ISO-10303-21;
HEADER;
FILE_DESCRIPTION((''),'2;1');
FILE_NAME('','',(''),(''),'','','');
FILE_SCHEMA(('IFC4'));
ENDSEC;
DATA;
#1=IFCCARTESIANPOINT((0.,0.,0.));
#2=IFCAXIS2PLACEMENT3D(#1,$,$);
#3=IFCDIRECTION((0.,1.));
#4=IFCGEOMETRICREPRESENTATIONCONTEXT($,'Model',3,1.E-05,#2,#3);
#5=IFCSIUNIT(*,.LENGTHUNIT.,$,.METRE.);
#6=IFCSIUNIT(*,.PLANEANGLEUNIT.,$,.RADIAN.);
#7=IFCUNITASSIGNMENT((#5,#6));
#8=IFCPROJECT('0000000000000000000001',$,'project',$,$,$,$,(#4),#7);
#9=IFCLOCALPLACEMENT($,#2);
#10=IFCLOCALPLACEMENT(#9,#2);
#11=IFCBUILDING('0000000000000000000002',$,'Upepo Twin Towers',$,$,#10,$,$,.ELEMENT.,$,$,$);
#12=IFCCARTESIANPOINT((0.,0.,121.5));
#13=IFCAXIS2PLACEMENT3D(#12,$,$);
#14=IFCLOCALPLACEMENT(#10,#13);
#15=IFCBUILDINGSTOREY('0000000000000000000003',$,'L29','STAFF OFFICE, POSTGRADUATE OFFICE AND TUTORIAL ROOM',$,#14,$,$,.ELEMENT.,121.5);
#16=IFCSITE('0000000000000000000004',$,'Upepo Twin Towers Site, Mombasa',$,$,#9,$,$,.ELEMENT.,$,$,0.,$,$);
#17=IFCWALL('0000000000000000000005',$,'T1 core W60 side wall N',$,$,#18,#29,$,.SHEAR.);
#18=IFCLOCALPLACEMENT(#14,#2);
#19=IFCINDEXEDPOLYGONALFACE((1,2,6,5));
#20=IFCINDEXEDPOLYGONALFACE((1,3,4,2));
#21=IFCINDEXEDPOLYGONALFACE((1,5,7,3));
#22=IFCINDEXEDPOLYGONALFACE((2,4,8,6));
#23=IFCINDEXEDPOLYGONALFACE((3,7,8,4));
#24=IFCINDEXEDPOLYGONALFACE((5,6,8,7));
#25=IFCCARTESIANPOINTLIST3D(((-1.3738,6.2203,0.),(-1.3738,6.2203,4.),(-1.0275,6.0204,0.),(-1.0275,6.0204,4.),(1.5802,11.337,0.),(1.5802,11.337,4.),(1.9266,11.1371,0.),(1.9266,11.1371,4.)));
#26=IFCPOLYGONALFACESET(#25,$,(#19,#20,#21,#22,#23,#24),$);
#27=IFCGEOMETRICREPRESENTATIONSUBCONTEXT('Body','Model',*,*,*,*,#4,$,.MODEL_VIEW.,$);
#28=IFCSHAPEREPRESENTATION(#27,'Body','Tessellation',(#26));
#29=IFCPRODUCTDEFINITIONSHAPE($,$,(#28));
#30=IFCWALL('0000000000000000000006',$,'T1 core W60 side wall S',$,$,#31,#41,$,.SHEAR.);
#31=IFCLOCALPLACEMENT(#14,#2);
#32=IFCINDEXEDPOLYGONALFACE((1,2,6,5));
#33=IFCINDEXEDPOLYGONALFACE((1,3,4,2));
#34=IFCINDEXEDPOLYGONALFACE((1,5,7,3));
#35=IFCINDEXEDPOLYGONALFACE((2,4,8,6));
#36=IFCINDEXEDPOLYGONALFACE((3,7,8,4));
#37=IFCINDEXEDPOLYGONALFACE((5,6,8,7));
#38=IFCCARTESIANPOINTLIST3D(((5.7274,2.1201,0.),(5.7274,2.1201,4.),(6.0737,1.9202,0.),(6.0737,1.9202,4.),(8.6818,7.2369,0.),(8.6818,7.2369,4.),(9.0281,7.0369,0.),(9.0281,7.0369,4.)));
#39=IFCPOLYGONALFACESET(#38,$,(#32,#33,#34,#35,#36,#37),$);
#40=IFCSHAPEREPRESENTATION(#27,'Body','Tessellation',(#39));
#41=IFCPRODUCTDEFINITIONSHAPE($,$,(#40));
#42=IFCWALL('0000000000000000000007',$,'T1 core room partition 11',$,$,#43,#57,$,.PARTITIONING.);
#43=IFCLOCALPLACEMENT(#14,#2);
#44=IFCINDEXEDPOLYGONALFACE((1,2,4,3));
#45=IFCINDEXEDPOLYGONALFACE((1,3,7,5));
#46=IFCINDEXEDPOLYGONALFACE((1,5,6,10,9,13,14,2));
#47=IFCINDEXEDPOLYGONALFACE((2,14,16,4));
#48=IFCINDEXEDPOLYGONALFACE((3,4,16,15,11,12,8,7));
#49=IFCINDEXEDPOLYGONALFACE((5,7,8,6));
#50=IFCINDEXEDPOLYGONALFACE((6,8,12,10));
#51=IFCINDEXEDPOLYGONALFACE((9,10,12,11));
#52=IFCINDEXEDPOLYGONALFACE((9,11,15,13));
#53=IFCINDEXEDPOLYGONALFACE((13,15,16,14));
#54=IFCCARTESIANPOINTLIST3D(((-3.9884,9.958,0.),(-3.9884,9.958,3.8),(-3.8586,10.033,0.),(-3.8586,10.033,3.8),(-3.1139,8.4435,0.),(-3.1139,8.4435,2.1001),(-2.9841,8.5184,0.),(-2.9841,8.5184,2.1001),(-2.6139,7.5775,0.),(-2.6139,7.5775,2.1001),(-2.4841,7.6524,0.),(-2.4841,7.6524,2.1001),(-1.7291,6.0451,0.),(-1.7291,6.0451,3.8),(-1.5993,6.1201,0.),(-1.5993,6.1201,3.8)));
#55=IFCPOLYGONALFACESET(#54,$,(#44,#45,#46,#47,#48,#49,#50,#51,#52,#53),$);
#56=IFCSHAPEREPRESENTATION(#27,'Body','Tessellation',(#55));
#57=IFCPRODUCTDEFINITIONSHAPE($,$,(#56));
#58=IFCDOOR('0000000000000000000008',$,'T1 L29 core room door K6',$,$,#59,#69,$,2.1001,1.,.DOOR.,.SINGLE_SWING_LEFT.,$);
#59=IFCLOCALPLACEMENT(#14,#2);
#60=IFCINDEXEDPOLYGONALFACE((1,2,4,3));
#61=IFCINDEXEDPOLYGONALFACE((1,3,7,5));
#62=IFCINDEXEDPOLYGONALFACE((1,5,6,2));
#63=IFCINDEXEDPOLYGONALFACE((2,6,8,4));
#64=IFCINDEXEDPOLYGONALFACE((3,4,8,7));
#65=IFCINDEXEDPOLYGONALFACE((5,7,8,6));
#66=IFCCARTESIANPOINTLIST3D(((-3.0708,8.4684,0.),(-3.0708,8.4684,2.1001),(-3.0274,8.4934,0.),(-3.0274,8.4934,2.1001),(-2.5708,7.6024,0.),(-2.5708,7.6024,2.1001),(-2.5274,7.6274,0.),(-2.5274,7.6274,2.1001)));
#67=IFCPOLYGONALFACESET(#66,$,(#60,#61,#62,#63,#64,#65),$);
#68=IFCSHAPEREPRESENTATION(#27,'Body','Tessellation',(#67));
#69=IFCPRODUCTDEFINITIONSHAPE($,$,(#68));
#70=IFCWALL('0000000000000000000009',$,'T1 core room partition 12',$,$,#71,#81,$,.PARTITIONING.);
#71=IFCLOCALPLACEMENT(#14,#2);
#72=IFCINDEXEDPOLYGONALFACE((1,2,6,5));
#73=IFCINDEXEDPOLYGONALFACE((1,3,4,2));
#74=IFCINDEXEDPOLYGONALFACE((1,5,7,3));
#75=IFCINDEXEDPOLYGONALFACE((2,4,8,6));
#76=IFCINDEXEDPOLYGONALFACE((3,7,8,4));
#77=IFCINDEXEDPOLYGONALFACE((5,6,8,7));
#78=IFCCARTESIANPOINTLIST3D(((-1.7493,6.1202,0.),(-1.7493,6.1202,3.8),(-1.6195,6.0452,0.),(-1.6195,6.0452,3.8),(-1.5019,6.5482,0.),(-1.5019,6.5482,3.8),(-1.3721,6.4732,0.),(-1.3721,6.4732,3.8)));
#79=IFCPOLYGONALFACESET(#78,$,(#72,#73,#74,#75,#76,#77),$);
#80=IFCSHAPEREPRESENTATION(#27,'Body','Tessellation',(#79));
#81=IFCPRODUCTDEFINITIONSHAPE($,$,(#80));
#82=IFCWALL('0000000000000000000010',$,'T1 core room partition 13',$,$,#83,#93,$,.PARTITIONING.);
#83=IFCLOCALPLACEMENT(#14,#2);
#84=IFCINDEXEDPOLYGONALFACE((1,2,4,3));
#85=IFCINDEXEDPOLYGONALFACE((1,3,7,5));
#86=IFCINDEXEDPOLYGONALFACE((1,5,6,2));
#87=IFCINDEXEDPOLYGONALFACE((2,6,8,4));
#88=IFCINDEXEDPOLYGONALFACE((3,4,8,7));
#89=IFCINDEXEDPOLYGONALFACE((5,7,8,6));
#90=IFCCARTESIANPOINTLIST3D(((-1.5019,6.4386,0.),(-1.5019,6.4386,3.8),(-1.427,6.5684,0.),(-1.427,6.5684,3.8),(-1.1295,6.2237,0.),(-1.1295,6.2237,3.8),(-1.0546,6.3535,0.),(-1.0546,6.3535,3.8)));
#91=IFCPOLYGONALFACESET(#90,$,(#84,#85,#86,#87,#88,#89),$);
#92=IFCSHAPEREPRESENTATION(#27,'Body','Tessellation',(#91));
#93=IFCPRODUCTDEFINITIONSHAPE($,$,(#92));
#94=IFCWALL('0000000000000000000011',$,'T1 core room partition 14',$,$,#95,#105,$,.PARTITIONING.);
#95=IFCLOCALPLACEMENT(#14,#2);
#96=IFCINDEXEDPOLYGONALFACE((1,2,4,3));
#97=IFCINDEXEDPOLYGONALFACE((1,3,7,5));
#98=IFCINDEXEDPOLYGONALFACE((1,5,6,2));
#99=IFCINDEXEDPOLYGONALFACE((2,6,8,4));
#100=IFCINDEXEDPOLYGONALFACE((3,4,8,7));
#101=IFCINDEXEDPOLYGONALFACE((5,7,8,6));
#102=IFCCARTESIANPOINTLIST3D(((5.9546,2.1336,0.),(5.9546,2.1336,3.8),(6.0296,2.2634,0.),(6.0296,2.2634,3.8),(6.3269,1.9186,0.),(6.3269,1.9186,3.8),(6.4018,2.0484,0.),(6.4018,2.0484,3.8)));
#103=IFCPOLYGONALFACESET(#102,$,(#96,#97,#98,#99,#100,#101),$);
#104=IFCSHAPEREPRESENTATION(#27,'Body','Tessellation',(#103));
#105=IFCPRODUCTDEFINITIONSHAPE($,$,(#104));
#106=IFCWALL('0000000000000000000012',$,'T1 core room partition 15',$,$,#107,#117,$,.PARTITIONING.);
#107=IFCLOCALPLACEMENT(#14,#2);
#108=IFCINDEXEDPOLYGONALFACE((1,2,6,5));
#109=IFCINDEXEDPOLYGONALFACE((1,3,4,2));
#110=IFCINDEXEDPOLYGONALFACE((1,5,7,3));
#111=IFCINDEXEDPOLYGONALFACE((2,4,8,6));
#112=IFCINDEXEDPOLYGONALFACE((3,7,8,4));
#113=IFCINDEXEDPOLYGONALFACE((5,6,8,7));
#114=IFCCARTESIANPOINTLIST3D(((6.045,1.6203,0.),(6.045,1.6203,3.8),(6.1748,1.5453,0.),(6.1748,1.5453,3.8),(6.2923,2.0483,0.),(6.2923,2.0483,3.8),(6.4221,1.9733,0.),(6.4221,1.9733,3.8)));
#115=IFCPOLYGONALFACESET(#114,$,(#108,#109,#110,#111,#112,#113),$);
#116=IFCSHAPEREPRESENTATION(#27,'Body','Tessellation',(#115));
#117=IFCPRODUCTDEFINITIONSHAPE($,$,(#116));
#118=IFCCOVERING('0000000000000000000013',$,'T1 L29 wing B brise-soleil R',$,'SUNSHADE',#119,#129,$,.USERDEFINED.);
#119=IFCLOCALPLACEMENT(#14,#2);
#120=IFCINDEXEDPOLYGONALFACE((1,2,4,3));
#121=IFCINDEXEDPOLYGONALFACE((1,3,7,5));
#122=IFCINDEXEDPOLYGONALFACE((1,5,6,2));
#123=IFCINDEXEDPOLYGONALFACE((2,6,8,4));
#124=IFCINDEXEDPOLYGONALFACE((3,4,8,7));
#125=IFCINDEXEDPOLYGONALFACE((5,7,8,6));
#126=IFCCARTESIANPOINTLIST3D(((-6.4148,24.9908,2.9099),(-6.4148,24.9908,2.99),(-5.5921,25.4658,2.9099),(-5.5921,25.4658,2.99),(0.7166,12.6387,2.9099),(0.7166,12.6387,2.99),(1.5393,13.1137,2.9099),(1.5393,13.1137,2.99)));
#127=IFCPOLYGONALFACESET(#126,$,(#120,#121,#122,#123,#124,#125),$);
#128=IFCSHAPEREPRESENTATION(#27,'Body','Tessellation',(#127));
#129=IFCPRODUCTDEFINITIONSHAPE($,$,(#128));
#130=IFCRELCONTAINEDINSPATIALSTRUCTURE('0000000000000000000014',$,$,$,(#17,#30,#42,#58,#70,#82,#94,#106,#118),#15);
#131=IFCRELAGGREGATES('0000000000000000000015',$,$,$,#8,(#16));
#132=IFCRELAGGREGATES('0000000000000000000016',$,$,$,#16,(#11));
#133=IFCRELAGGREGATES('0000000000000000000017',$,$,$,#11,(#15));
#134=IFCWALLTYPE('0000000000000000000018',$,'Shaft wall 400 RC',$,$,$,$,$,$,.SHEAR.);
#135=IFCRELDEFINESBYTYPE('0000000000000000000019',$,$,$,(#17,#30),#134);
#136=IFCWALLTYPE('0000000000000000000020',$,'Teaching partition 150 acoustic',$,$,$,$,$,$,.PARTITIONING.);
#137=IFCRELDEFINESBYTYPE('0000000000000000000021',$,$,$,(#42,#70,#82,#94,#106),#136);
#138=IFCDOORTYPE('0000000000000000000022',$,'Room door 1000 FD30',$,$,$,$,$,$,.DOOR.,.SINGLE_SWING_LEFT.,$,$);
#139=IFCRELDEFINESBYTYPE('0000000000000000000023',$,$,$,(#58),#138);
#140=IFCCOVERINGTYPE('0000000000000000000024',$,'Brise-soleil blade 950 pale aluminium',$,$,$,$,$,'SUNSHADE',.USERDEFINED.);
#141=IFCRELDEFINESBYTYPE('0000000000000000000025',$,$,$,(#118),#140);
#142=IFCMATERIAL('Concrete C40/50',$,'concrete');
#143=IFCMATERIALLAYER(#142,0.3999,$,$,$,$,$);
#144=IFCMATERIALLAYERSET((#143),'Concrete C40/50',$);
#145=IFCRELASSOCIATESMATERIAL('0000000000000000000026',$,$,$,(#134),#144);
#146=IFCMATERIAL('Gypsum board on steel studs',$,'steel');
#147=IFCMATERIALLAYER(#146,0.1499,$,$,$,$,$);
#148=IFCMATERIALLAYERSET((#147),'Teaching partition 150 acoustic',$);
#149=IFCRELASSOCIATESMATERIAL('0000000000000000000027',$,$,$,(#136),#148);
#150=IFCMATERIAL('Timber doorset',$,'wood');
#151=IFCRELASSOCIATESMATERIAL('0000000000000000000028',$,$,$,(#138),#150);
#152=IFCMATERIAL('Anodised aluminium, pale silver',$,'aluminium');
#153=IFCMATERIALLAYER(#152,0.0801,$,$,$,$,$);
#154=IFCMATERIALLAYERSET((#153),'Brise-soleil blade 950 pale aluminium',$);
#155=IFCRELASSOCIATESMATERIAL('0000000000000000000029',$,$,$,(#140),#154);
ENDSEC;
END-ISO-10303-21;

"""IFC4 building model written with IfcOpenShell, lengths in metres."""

from ifc_helpers import new_model, si_unit, direction, frame, frame_2d, origin, origin_2d, place, context, subcontext, project, spatial, rectangle, extrude, material, layer, layer_set, type_object, element, fill, save


model = new_model("IFC4")

# Units and contexts
model_context = context("Model", 3, precision=1e-05, world=origin(), true_north=direction((0.0, 1.0)))
body_context = subcontext(model_context, "Body", "Model", "MODEL_VIEW")
ifc_project = project(units=[si_unit("LENGTHUNIT", "METRE"), si_unit("PLANEANGLEUNIT", "RADIAN")], contexts=[model_context])

# Site, building, storey
site_placement = place(None, origin())
site = spatial("IfcSite", under=ifc_project, at=site_placement, Name="Upepo Twin Towers Site, Mombasa", CompositionType="ELEMENT", RefElevation=0.0)
building_placement = place(site_placement, origin())
building = spatial("IfcBuilding", under=site, at=building_placement, Name="Upepo Twin Towers", CompositionType="ELEMENT")
storey_placement = place(building_placement, frame((0.0, 0.0, 121.5)))
storey = spatial("IfcBuildingStorey", under=building, at=storey_placement, Name="L29", Description="STAFF OFFICE, POSTGRADUATE OFFICE AND TUTORIAL ROOM", CompositionType="ELEMENT", Elevation=121.5)

# Walls
ifc_material_1 = material(Name="Concrete C40/50", Category="concrete")
ifc_layer_1 = layer(ifc_material_1, 0.3999)
ifc_layer_set_1 = layer_set([ifc_layer_1], Name="Concrete C40/50")
wall_type_1 = type_object("IfcWallType", Name="Shaft wall 400 RC", PredefinedType="SHEAR", material=ifc_layer_set_1)
wall_1_placement = place(storey_placement, frame((-1.2007, 6.1204, 0.0), z_axis=(0.0, 0.0, 1.0), x_axis=(0.499997, 0.866027, 0.0)))
element("IfcWall", 1, at=wall_1_placement, inside=storey, type_object=wall_type_1, Name="T1 core W60 side wall N", PredefinedType="SHEAR", context=body_context, shape_type="SweptSolid", body=[
    extrude(rectangle(XDim=5.9082, YDim=0.3999, at=frame_2d((2.9541, 0.0))), origin(), (0.0, 0.0, 1.0), 4.0),
])
wall_2_placement = place(storey_placement, frame((5.9006, 2.0203, 0.0), z_axis=(0.0, 0.0, 1.0), x_axis=(0.500028, 0.866009, 0.0)))
element("IfcWall", 2, at=wall_2_placement, inside=storey, type_object=wall_type_1, Name="T1 core W60 side wall S", PredefinedType="SHEAR", context=body_context, shape_type="SweptSolid", body=[
    extrude(rectangle(XDim=5.9084, YDim=0.3999, at=frame_2d((2.9541, 0.0))), origin(), (0.0, 0.0, 1.0), 4.0),
])

# Wall, opening, door
ifc_material_2 = material(Name="Gypsum board on steel studs", Category="steel")
ifc_layer_2 = layer(ifc_material_2, 0.1499)
ifc_layer_set_2 = layer_set([ifc_layer_2], Name="Teaching partition 150 acoustic")
wall_type_2 = type_object("IfcWallType", Name="Teaching partition 150 acoustic", PredefinedType="PARTITIONING", material=ifc_layer_set_2)
wall_3_placement = place(storey_placement, frame((-3.9236, 9.9956, 0.0), z_axis=(0.0, 0.0, 1.0), x_axis=(0.500033, -0.866007, 0.0)))
wall_3 = element("IfcWall", 3, at=wall_3_placement, inside=storey, type_object=wall_type_2, Name="T1 core room partition 11", PredefinedType="PARTITIONING", context=body_context, shape_type="SweptSolid", body=[
    extrude(rectangle(XDim=4.5183, YDim=0.1499, at=frame_2d((2.2593, 0.0))), origin(), (0.0, 0.0, 1.0), 3.8),
])
opening_1_placement = place(wall_3_placement, frame((1.749, 0.0, 0.0)))
opening_1 = element("IfcOpeningElement", 4, at=opening_1_placement, cuts=wall_3, PredefinedType="OPENING", context=body_context, shape_type="SweptSolid", body=[
    extrude(rectangle(XDim=1.0, YDim=2.1001, at=frame_2d((0.5, 1.05))), frame((0.0, 0.085, 0.0), z_axis=(0.0, -1.0, 0.0), x_axis=(1.0, 0.0, 0.0)), (0.0, 0.0, 1.0), 0.1699),
])
ifc_material_3 = material(Name="Timber doorset", Category="wood")
door_type_1 = type_object("IfcDoorType", Name="Room door 1000 FD30", OperationType="SINGLE_SWING_LEFT", PredefinedType="DOOR", material=ifc_material_3)
door_1_placement = place(opening_1_placement, origin())
door_1 = element("IfcDoor", 5, at=door_1_placement, inside=storey, type_object=door_type_1, Name="T1 L29 core room door K6", OperationType="SINGLE_SWING_LEFT", OverallHeight=2.1001, OverallWidth=1.0, PredefinedType="DOOR", context=body_context, shape_type="SweptSolid", body=[
    extrude(rectangle(XDim=1.0, YDim=2.1001, at=frame_2d((0.5, 1.05))), frame((0.0, 0.0249, 0.0), z_axis=(0.0, -1.0, 0.0), x_axis=(1.0, 0.0, 0.0)), (0.0, 0.0, 1.0), 0.05),
])
fill(opening_1, door_1)

# Walls
wall_4_placement = place(storey_placement, frame((-1.6843, 6.0828, 0.0), z_axis=(0.0, 0.0, 1.0), x_axis=(0.500335, 0.865832, 0.0)))
element("IfcWall", 6, at=wall_4_placement, inside=storey, type_object=wall_type_2, Name="T1 core room partition 12", PredefinedType="PARTITIONING", context=body_context, shape_type="SweptSolid", body=[
    extrude(rectangle(XDim=0.4944, YDim=0.1499, at=frame_2d((0.2471, 0.0))), origin(), (0.0, 0.0, 1.0), 3.8),
])
for number, where, z_axis, x_axis, name in (
    (7, (-1.4644, 6.5034, 0.0), (0.0, 0.0, 1.0), (0.866138, -0.499804, 0.0), "T1 core room partition 13"),
    (8, (5.9922, 2.1985, 0.0), (0.0, 0.0, 1.0), (0.865892, -0.50023, 0.0), "T1 core room partition 14"),
):
    element("IfcWall", number, at=place(storey_placement, frame(where, z_axis=z_axis, x_axis=x_axis)), inside=storey, type_object=wall_type_2, Name=name, PredefinedType="PARTITIONING", context=body_context, shape_type="SweptSolid", body=[
        extrude(rectangle(XDim=0.4299, YDim=0.1499, at=frame_2d((0.2148, 0.0))), origin(), (0.0, 0.0, 1.0), 3.8),
    ])
wall_5_placement = place(storey_placement, frame((6.3572, 2.0107, 0.0), z_axis=(0.0, 0.0, 1.0), x_axis=(-0.500335, -0.865832, 0.0)))
element("IfcWall", 9, at=wall_5_placement, inside=storey, type_object=wall_type_2, Name="T1 core room partition 15", PredefinedType="PARTITIONING", context=body_context, shape_type="SweptSolid", body=[
    extrude(rectangle(XDim=0.4944, YDim=0.1499, at=frame_2d((0.2471, 0.0))), origin(), (0.0, 0.0, 1.0), 3.8),
])

# Covering
ifc_material_4 = material(Name="Anodised aluminium, pale silver", Category="aluminium")
ifc_layer_3 = layer(ifc_material_4, 0.0801)
ifc_layer_set_3 = layer_set([ifc_layer_3], Name="Brise-soleil blade 950 pale aluminium")
covering_type = type_object("IfcCoveringType", Name="Brise-soleil blade 950 pale aluminium", ElementType="SUNSHADE", PredefinedType="USERDEFINED", material=ifc_layer_set_3)
covering_placement = place(storey_placement, frame((-2.4377, 19.0522, 2.9099), z_axis=(0.0, 0.0, 1.0), x_axis=(-0.5, 0.866025, 0.0)))
element("IfcCovering", 10, at=covering_placement, inside=storey, type_object=covering_type, Name="T1 L29 wing B brise-soleil R", ObjectType="SUNSHADE", PredefinedType="USERDEFINED", context=body_context, shape_type="SweptSolid", body=[
    extrude(rectangle(XDim=14.2629, YDim=0.95, at=origin_2d()), origin(), (0.0, 0.0, 1.0), 0.0801),
])

save(model, "model.ifc")
